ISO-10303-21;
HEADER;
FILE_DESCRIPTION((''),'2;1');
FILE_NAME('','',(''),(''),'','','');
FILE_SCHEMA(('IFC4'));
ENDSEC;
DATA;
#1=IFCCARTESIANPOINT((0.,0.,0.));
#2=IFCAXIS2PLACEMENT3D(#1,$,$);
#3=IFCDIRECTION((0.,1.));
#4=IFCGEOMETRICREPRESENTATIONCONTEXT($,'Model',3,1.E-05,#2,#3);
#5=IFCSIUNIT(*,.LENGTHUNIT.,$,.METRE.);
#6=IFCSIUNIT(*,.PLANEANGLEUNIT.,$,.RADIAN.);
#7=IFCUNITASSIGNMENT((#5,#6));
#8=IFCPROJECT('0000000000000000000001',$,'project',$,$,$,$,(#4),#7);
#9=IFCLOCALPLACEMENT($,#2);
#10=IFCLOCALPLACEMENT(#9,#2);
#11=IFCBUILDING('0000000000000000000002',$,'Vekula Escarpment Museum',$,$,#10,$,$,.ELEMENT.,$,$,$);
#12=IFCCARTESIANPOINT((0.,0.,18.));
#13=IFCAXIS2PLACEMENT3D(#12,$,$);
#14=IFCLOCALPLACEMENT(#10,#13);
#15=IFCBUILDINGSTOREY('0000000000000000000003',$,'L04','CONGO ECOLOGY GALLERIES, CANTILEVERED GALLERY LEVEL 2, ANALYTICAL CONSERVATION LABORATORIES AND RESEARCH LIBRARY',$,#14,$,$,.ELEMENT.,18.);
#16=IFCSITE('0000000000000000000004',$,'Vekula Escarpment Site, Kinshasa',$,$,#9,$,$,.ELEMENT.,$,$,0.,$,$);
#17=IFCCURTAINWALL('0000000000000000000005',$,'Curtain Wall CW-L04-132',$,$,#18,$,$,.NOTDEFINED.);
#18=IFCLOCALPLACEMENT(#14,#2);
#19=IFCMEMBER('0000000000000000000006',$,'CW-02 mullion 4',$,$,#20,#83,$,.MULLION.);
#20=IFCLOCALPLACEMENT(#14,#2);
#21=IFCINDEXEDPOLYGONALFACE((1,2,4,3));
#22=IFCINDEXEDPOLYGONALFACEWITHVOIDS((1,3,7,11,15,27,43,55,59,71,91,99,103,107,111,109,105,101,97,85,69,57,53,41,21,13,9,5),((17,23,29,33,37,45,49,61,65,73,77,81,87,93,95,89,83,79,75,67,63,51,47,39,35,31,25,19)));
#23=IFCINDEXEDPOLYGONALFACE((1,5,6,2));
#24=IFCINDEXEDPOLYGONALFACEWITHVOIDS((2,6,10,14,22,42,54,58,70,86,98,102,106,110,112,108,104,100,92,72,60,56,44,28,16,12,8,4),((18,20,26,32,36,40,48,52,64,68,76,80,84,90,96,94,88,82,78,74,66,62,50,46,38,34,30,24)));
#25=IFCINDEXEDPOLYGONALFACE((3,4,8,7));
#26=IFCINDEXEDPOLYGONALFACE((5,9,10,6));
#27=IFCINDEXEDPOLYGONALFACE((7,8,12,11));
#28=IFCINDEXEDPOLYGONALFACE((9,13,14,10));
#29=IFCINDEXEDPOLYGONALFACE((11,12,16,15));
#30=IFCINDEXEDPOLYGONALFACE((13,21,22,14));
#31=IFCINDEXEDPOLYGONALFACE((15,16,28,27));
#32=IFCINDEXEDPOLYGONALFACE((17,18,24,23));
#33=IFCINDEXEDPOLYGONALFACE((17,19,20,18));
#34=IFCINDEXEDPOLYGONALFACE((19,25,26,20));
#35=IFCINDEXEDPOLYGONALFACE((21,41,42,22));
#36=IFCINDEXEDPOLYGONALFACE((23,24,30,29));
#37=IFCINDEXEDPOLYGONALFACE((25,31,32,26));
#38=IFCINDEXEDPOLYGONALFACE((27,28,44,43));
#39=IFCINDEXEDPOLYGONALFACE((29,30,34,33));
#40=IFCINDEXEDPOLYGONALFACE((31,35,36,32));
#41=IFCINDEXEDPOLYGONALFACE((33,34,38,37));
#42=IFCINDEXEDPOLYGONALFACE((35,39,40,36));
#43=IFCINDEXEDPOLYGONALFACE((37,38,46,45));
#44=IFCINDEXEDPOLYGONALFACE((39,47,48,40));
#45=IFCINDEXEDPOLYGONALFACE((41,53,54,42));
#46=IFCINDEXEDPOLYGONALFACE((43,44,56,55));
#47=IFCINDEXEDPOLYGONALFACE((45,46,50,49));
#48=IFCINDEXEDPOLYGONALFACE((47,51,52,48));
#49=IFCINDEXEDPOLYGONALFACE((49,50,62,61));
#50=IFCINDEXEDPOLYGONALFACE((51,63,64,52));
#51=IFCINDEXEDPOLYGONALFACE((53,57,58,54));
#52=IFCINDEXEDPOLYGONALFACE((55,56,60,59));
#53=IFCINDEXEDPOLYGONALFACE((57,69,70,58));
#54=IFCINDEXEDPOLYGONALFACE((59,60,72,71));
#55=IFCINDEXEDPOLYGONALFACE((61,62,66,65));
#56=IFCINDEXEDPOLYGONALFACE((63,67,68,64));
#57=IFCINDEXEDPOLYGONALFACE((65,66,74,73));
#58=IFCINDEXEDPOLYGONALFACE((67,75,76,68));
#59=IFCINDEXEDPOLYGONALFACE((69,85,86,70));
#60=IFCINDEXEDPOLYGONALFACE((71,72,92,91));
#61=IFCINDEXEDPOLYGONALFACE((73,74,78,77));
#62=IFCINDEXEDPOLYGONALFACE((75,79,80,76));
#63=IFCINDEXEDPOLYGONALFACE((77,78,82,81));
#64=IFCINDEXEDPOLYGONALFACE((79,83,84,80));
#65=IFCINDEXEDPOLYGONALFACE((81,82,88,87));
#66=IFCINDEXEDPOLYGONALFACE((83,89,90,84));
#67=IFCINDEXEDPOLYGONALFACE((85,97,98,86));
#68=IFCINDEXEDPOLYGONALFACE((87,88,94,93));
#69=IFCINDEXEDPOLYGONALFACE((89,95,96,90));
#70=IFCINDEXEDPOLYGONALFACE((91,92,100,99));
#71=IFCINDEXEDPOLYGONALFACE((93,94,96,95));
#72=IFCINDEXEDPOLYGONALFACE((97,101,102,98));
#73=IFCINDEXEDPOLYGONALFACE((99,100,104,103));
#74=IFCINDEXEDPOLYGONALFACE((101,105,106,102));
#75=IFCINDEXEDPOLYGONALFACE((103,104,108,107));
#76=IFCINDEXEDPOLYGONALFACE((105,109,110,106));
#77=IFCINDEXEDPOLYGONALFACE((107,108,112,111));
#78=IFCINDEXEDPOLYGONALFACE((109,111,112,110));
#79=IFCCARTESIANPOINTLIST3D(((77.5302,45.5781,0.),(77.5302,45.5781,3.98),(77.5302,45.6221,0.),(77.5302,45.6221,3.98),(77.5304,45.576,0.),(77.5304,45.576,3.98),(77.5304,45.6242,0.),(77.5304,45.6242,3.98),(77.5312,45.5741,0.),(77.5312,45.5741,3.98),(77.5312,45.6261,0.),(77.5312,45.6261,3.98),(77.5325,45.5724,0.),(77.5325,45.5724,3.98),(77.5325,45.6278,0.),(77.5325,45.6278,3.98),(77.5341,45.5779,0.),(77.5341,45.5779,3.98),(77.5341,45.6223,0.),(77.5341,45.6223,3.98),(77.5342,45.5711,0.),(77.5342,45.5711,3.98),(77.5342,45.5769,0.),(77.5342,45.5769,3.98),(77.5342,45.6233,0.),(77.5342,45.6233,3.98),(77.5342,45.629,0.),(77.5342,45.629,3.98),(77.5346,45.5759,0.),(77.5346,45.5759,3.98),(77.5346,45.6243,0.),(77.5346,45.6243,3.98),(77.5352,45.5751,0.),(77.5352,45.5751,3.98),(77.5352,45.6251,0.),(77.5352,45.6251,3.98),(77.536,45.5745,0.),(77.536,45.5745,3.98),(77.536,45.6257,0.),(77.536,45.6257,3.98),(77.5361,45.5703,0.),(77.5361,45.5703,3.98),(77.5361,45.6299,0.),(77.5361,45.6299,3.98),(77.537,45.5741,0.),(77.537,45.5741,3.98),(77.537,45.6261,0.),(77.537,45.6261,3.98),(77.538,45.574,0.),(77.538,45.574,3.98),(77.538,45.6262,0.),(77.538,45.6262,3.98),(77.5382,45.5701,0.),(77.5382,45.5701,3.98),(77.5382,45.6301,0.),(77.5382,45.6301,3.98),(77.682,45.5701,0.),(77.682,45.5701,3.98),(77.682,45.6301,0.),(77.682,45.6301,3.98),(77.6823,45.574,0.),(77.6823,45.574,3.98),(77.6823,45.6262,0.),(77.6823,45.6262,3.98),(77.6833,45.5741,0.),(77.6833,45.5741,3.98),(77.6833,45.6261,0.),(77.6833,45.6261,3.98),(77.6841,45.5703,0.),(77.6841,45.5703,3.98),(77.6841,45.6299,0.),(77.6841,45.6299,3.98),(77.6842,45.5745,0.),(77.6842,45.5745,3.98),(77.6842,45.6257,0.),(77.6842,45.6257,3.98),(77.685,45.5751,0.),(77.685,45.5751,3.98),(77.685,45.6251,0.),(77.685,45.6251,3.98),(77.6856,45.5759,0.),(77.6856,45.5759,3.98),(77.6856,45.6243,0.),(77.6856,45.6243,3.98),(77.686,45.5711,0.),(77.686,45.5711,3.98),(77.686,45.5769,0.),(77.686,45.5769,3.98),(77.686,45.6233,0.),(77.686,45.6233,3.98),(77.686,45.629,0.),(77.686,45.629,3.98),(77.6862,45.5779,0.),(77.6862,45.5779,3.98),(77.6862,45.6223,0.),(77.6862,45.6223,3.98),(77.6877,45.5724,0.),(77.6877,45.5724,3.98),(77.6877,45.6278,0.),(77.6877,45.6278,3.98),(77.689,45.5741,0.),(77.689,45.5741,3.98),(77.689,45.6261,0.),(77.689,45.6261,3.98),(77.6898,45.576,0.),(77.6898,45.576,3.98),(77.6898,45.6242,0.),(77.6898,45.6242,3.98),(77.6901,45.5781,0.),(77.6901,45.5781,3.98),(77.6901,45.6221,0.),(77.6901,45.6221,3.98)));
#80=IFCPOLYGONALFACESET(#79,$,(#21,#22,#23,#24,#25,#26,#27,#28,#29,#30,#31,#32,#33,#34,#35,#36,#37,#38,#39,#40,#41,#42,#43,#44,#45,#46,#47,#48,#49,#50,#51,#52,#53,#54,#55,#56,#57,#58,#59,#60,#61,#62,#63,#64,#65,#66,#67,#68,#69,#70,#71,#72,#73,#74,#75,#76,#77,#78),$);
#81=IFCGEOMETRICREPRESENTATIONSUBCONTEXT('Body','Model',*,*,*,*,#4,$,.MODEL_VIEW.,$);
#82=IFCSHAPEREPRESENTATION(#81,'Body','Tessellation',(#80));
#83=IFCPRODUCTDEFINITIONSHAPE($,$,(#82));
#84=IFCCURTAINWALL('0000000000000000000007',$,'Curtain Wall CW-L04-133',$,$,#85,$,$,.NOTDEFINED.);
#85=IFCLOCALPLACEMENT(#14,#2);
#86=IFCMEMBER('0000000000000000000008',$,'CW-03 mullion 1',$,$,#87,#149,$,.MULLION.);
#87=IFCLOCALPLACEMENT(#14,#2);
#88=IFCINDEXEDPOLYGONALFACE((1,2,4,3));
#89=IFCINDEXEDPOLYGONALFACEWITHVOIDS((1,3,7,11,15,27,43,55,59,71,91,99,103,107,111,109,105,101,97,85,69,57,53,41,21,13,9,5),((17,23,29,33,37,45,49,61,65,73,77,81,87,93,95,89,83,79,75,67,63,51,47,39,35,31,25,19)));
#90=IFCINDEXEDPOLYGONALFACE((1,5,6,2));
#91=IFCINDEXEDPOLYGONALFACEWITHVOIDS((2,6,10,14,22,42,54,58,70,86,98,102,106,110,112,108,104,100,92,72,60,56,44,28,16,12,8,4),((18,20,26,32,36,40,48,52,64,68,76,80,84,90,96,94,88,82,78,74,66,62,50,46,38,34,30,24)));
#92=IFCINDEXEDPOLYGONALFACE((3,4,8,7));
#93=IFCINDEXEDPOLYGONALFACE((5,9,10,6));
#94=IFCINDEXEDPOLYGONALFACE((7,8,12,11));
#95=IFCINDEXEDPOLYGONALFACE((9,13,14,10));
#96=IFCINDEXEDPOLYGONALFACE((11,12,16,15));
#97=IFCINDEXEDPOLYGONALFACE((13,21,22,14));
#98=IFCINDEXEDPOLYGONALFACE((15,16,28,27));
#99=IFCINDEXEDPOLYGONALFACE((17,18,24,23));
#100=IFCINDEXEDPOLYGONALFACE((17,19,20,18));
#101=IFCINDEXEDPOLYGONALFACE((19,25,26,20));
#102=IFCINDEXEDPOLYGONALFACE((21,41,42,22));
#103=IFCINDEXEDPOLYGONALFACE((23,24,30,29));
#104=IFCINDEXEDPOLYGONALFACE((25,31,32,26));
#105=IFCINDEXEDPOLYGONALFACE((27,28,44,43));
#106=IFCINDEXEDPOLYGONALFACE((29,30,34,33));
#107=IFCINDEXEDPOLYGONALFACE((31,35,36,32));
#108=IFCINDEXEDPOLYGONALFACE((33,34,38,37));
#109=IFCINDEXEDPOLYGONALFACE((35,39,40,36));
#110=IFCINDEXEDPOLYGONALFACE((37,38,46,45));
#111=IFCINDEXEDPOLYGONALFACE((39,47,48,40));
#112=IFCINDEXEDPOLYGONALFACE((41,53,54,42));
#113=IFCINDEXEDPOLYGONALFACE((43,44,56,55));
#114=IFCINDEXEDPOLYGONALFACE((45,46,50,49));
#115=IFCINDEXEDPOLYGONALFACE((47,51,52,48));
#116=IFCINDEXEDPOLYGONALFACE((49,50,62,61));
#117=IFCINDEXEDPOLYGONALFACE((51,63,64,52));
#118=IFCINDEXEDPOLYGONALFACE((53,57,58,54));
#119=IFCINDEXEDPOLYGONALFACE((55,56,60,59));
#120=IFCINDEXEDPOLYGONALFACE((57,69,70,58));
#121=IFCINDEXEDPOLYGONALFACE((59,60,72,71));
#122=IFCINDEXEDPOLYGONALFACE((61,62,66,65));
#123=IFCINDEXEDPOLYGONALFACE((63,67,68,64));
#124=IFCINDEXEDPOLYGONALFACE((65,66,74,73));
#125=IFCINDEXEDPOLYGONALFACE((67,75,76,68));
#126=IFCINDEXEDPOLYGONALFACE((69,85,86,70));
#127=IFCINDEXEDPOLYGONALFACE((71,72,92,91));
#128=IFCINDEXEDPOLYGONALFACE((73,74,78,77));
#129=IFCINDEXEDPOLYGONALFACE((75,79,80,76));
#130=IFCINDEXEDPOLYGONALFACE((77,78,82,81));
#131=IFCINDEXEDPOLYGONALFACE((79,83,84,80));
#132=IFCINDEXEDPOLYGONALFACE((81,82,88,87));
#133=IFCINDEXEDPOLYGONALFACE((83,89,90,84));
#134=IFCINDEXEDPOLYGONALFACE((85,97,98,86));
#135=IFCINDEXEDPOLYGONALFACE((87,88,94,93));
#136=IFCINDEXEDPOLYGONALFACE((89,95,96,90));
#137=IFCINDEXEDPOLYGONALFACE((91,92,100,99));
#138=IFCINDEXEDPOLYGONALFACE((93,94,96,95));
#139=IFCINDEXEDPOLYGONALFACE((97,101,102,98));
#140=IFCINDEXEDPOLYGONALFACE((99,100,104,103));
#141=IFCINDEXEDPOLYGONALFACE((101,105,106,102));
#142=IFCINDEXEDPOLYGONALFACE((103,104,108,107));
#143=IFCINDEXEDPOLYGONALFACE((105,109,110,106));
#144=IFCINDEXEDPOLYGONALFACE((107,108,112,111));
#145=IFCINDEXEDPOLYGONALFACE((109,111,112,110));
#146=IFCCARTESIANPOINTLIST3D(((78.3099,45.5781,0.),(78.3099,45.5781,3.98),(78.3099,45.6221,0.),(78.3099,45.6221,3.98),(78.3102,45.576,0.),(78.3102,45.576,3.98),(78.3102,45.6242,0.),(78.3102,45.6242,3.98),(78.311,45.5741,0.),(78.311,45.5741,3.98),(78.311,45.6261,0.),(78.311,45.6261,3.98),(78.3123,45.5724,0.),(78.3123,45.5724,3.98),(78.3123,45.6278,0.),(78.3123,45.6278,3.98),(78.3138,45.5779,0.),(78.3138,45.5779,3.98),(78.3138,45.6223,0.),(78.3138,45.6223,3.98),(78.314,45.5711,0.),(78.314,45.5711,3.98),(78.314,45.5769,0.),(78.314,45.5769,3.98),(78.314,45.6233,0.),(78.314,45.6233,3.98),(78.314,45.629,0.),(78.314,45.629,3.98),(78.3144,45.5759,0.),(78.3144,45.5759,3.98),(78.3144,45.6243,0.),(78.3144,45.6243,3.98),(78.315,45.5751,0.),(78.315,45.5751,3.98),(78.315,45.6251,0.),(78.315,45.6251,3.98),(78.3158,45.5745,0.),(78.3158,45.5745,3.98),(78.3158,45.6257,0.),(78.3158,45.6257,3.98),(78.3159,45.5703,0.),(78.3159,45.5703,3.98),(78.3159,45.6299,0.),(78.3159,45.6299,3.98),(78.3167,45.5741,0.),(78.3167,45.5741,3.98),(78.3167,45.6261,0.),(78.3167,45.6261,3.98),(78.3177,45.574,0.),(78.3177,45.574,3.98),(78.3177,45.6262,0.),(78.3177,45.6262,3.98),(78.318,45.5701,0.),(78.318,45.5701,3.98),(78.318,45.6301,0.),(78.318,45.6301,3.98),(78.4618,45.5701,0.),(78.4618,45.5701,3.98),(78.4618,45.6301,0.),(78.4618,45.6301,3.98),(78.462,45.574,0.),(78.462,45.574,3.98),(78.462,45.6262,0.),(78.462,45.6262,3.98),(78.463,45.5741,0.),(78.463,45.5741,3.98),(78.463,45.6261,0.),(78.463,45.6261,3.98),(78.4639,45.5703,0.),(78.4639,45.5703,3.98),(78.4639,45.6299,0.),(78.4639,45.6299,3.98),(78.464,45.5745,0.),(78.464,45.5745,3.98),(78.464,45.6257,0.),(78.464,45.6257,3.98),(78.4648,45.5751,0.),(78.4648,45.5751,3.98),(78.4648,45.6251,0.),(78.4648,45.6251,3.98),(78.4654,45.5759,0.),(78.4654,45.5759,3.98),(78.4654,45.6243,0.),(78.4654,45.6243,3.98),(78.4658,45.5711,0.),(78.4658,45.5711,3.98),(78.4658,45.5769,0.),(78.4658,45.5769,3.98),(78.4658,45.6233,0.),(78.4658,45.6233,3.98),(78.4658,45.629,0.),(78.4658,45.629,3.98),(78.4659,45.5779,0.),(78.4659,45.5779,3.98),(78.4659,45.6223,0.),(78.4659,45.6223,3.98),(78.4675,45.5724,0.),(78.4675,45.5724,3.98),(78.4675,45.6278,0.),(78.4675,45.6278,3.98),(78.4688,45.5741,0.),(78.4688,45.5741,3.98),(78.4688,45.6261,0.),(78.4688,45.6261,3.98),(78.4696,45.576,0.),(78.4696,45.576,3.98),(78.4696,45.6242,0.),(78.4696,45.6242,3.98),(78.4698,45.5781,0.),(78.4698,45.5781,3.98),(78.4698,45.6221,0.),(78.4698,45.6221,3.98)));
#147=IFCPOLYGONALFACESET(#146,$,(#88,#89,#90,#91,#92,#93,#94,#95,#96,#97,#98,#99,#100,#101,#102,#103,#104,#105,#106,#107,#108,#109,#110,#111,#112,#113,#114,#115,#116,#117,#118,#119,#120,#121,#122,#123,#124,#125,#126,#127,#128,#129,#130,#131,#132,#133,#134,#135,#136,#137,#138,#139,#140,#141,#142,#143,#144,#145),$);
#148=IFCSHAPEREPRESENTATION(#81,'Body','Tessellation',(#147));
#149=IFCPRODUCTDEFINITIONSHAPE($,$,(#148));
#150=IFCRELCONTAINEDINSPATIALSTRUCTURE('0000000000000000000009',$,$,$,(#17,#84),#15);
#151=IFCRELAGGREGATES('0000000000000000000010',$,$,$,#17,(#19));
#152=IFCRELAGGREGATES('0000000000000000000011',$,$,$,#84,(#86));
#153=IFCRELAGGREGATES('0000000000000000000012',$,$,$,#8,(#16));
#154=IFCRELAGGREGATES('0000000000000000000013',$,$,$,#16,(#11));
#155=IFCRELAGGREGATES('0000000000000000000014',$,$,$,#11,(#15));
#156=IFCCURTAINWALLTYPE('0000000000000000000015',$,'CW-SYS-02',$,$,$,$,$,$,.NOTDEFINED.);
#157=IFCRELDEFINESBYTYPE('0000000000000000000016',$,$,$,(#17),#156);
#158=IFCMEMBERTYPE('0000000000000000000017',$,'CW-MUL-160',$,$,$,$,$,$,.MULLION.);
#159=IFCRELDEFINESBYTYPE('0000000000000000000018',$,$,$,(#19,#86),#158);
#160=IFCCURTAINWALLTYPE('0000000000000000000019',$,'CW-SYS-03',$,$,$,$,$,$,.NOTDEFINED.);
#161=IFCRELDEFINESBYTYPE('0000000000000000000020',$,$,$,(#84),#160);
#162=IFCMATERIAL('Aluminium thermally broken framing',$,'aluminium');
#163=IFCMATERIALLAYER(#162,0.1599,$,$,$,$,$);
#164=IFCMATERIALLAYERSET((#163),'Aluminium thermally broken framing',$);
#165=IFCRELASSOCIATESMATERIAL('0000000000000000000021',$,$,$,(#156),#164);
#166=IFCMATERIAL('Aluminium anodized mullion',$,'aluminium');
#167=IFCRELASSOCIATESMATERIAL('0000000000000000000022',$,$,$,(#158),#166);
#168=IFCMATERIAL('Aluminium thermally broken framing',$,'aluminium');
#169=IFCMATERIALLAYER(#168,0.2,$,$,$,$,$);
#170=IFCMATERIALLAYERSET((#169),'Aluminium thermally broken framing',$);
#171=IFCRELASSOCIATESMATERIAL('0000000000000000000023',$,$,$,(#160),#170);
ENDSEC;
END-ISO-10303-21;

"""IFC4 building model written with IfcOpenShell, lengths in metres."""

from ifc_helpers import new_model, si_unit, direction, frame, origin, origin_2d, place, context, subcontext, project, spatial, hollow_rectangle, extrude, material, layer, layer_set, material_profile, profile_set, type_object, element, aggregate, save


model = new_model("IFC4")

# Units and contexts
model_context = context("Model", 3, precision=1e-05, world=origin(), true_north=direction((0.0, 1.0)))
body_context = subcontext(model_context, "Body", "Model", "MODEL_VIEW")
ifc_project = project(units=[si_unit("LENGTHUNIT", "METRE"), si_unit("PLANEANGLEUNIT", "RADIAN")], contexts=[model_context])

# Site, building, storey
site_placement = place(None, origin())
site = spatial("IfcSite", under=ifc_project, at=site_placement, Name="Vekula Escarpment Site, Kinshasa", CompositionType="ELEMENT", RefElevation=0.0)
building_placement = place(site_placement, origin())
building = spatial("IfcBuilding", under=site, at=building_placement, Name="Vekula Escarpment Museum", CompositionType="ELEMENT")
storey_placement = place(building_placement, frame((0.0, 0.0, 18.0)))
storey = spatial("IfcBuildingStorey", under=building, at=storey_placement, Name="L04", Description="CONGO ECOLOGY GALLERIES, CANTILEVERED GALLERY LEVEL 2, ANALYTICAL CONSERVATION LABORATORIES AND RESEARCH LIBRARY", CompositionType="ELEMENT", Elevation=18.0)

# Curtain wall, member
ifc_material_1 = material(Name="Aluminium thermally broken framing", Category="aluminium")
ifc_layer_1 = layer(ifc_material_1, 0.1599)
ifc_layer_set_1 = layer_set([ifc_layer_1], Name="Aluminium thermally broken framing")
curtain_wall_type_1 = type_object("IfcCurtainWallType", Name="CW-SYS-02", PredefinedType="NOTDEFINED", material=ifc_layer_set_1)
curtain_wall_1_placement = place(storey_placement, origin())
curtain_wall_1 = element("IfcCurtainWall", 1, at=curtain_wall_1_placement, inside=storey, type_object=curtain_wall_type_1, Name="Curtain Wall CW-L04-132", PredefinedType="NOTDEFINED")
ifc_material_2 = material(Name="Aluminium anodized mullion", Category="aluminium")
ifc_material_profile_1 = material_profile(ifc_material_2, hollow_rectangle(XDim=0.0601, YDim=0.1599, WallThickness=0.0039, InnerFilletRadius=0.0039, OuterFilletRadius=0.0081, at=origin_2d()), Name="ALU 160x60x4")
ifc_profile_set_1 = profile_set([ifc_material_profile_1], Name="Aluminium anodized mullion")
member_type_1 = type_object("IfcMemberType", Name="CW-MUL-160", PredefinedType="MULLION", material=ifc_profile_set_1)
member_1_placement = place(storey_placement, frame((77.6101, 45.6001, 0.0), z_axis=(0.0, 0.0, 1.0), x_axis=(0.0, 1.0, 0.0)))
member_1 = element("IfcMember", 2, at=member_1_placement, type_object=member_type_1, Name="CW-02 mullion 4", PredefinedType="MULLION", context=body_context, shape_type="SweptSolid", body=[
    extrude(hollow_rectangle(XDim=0.0601, YDim=0.1599, WallThickness=0.0039, InnerFilletRadius=0.0039, OuterFilletRadius=0.0081, at=origin_2d()), origin(), (0.0, 0.0, 1.0), 3.98),
])

# Curtain wall, member
ifc_material_3 = material(Name="Aluminium thermally broken framing", Category="aluminium")
ifc_layer_2 = layer(ifc_material_3, 0.2)
ifc_layer_set_2 = layer_set([ifc_layer_2], Name="Aluminium thermally broken framing")
curtain_wall_type_2 = type_object("IfcCurtainWallType", Name="CW-SYS-03", PredefinedType="NOTDEFINED", material=ifc_layer_set_2)
curtain_wall_2_placement = place(storey_placement, origin())
curtain_wall_2 = element("IfcCurtainWall", 3, at=curtain_wall_2_placement, inside=storey, type_object=curtain_wall_type_2, Name="Curtain Wall CW-L04-133", PredefinedType="NOTDEFINED")
member_2_placement = place(storey_placement, frame((78.3899, 45.6001, 0.0), z_axis=(0.0, 0.0, 1.0), x_axis=(0.0, 1.0, 0.0)))
member_2 = element("IfcMember", 4, at=member_2_placement, type_object=member_type_1, Name="CW-03 mullion 1", PredefinedType="MULLION", context=body_context, shape_type="SweptSolid", body=[
    extrude(hollow_rectangle(XDim=0.0601, YDim=0.1599, WallThickness=0.0039, InnerFilletRadius=0.0039, OuterFilletRadius=0.0081, at=origin_2d()), origin(), (0.0, 0.0, 1.0), 3.98),
])

aggregate(curtain_wall_1, [member_1])
aggregate(curtain_wall_2, [member_2])

save(model, "model.ifc")
